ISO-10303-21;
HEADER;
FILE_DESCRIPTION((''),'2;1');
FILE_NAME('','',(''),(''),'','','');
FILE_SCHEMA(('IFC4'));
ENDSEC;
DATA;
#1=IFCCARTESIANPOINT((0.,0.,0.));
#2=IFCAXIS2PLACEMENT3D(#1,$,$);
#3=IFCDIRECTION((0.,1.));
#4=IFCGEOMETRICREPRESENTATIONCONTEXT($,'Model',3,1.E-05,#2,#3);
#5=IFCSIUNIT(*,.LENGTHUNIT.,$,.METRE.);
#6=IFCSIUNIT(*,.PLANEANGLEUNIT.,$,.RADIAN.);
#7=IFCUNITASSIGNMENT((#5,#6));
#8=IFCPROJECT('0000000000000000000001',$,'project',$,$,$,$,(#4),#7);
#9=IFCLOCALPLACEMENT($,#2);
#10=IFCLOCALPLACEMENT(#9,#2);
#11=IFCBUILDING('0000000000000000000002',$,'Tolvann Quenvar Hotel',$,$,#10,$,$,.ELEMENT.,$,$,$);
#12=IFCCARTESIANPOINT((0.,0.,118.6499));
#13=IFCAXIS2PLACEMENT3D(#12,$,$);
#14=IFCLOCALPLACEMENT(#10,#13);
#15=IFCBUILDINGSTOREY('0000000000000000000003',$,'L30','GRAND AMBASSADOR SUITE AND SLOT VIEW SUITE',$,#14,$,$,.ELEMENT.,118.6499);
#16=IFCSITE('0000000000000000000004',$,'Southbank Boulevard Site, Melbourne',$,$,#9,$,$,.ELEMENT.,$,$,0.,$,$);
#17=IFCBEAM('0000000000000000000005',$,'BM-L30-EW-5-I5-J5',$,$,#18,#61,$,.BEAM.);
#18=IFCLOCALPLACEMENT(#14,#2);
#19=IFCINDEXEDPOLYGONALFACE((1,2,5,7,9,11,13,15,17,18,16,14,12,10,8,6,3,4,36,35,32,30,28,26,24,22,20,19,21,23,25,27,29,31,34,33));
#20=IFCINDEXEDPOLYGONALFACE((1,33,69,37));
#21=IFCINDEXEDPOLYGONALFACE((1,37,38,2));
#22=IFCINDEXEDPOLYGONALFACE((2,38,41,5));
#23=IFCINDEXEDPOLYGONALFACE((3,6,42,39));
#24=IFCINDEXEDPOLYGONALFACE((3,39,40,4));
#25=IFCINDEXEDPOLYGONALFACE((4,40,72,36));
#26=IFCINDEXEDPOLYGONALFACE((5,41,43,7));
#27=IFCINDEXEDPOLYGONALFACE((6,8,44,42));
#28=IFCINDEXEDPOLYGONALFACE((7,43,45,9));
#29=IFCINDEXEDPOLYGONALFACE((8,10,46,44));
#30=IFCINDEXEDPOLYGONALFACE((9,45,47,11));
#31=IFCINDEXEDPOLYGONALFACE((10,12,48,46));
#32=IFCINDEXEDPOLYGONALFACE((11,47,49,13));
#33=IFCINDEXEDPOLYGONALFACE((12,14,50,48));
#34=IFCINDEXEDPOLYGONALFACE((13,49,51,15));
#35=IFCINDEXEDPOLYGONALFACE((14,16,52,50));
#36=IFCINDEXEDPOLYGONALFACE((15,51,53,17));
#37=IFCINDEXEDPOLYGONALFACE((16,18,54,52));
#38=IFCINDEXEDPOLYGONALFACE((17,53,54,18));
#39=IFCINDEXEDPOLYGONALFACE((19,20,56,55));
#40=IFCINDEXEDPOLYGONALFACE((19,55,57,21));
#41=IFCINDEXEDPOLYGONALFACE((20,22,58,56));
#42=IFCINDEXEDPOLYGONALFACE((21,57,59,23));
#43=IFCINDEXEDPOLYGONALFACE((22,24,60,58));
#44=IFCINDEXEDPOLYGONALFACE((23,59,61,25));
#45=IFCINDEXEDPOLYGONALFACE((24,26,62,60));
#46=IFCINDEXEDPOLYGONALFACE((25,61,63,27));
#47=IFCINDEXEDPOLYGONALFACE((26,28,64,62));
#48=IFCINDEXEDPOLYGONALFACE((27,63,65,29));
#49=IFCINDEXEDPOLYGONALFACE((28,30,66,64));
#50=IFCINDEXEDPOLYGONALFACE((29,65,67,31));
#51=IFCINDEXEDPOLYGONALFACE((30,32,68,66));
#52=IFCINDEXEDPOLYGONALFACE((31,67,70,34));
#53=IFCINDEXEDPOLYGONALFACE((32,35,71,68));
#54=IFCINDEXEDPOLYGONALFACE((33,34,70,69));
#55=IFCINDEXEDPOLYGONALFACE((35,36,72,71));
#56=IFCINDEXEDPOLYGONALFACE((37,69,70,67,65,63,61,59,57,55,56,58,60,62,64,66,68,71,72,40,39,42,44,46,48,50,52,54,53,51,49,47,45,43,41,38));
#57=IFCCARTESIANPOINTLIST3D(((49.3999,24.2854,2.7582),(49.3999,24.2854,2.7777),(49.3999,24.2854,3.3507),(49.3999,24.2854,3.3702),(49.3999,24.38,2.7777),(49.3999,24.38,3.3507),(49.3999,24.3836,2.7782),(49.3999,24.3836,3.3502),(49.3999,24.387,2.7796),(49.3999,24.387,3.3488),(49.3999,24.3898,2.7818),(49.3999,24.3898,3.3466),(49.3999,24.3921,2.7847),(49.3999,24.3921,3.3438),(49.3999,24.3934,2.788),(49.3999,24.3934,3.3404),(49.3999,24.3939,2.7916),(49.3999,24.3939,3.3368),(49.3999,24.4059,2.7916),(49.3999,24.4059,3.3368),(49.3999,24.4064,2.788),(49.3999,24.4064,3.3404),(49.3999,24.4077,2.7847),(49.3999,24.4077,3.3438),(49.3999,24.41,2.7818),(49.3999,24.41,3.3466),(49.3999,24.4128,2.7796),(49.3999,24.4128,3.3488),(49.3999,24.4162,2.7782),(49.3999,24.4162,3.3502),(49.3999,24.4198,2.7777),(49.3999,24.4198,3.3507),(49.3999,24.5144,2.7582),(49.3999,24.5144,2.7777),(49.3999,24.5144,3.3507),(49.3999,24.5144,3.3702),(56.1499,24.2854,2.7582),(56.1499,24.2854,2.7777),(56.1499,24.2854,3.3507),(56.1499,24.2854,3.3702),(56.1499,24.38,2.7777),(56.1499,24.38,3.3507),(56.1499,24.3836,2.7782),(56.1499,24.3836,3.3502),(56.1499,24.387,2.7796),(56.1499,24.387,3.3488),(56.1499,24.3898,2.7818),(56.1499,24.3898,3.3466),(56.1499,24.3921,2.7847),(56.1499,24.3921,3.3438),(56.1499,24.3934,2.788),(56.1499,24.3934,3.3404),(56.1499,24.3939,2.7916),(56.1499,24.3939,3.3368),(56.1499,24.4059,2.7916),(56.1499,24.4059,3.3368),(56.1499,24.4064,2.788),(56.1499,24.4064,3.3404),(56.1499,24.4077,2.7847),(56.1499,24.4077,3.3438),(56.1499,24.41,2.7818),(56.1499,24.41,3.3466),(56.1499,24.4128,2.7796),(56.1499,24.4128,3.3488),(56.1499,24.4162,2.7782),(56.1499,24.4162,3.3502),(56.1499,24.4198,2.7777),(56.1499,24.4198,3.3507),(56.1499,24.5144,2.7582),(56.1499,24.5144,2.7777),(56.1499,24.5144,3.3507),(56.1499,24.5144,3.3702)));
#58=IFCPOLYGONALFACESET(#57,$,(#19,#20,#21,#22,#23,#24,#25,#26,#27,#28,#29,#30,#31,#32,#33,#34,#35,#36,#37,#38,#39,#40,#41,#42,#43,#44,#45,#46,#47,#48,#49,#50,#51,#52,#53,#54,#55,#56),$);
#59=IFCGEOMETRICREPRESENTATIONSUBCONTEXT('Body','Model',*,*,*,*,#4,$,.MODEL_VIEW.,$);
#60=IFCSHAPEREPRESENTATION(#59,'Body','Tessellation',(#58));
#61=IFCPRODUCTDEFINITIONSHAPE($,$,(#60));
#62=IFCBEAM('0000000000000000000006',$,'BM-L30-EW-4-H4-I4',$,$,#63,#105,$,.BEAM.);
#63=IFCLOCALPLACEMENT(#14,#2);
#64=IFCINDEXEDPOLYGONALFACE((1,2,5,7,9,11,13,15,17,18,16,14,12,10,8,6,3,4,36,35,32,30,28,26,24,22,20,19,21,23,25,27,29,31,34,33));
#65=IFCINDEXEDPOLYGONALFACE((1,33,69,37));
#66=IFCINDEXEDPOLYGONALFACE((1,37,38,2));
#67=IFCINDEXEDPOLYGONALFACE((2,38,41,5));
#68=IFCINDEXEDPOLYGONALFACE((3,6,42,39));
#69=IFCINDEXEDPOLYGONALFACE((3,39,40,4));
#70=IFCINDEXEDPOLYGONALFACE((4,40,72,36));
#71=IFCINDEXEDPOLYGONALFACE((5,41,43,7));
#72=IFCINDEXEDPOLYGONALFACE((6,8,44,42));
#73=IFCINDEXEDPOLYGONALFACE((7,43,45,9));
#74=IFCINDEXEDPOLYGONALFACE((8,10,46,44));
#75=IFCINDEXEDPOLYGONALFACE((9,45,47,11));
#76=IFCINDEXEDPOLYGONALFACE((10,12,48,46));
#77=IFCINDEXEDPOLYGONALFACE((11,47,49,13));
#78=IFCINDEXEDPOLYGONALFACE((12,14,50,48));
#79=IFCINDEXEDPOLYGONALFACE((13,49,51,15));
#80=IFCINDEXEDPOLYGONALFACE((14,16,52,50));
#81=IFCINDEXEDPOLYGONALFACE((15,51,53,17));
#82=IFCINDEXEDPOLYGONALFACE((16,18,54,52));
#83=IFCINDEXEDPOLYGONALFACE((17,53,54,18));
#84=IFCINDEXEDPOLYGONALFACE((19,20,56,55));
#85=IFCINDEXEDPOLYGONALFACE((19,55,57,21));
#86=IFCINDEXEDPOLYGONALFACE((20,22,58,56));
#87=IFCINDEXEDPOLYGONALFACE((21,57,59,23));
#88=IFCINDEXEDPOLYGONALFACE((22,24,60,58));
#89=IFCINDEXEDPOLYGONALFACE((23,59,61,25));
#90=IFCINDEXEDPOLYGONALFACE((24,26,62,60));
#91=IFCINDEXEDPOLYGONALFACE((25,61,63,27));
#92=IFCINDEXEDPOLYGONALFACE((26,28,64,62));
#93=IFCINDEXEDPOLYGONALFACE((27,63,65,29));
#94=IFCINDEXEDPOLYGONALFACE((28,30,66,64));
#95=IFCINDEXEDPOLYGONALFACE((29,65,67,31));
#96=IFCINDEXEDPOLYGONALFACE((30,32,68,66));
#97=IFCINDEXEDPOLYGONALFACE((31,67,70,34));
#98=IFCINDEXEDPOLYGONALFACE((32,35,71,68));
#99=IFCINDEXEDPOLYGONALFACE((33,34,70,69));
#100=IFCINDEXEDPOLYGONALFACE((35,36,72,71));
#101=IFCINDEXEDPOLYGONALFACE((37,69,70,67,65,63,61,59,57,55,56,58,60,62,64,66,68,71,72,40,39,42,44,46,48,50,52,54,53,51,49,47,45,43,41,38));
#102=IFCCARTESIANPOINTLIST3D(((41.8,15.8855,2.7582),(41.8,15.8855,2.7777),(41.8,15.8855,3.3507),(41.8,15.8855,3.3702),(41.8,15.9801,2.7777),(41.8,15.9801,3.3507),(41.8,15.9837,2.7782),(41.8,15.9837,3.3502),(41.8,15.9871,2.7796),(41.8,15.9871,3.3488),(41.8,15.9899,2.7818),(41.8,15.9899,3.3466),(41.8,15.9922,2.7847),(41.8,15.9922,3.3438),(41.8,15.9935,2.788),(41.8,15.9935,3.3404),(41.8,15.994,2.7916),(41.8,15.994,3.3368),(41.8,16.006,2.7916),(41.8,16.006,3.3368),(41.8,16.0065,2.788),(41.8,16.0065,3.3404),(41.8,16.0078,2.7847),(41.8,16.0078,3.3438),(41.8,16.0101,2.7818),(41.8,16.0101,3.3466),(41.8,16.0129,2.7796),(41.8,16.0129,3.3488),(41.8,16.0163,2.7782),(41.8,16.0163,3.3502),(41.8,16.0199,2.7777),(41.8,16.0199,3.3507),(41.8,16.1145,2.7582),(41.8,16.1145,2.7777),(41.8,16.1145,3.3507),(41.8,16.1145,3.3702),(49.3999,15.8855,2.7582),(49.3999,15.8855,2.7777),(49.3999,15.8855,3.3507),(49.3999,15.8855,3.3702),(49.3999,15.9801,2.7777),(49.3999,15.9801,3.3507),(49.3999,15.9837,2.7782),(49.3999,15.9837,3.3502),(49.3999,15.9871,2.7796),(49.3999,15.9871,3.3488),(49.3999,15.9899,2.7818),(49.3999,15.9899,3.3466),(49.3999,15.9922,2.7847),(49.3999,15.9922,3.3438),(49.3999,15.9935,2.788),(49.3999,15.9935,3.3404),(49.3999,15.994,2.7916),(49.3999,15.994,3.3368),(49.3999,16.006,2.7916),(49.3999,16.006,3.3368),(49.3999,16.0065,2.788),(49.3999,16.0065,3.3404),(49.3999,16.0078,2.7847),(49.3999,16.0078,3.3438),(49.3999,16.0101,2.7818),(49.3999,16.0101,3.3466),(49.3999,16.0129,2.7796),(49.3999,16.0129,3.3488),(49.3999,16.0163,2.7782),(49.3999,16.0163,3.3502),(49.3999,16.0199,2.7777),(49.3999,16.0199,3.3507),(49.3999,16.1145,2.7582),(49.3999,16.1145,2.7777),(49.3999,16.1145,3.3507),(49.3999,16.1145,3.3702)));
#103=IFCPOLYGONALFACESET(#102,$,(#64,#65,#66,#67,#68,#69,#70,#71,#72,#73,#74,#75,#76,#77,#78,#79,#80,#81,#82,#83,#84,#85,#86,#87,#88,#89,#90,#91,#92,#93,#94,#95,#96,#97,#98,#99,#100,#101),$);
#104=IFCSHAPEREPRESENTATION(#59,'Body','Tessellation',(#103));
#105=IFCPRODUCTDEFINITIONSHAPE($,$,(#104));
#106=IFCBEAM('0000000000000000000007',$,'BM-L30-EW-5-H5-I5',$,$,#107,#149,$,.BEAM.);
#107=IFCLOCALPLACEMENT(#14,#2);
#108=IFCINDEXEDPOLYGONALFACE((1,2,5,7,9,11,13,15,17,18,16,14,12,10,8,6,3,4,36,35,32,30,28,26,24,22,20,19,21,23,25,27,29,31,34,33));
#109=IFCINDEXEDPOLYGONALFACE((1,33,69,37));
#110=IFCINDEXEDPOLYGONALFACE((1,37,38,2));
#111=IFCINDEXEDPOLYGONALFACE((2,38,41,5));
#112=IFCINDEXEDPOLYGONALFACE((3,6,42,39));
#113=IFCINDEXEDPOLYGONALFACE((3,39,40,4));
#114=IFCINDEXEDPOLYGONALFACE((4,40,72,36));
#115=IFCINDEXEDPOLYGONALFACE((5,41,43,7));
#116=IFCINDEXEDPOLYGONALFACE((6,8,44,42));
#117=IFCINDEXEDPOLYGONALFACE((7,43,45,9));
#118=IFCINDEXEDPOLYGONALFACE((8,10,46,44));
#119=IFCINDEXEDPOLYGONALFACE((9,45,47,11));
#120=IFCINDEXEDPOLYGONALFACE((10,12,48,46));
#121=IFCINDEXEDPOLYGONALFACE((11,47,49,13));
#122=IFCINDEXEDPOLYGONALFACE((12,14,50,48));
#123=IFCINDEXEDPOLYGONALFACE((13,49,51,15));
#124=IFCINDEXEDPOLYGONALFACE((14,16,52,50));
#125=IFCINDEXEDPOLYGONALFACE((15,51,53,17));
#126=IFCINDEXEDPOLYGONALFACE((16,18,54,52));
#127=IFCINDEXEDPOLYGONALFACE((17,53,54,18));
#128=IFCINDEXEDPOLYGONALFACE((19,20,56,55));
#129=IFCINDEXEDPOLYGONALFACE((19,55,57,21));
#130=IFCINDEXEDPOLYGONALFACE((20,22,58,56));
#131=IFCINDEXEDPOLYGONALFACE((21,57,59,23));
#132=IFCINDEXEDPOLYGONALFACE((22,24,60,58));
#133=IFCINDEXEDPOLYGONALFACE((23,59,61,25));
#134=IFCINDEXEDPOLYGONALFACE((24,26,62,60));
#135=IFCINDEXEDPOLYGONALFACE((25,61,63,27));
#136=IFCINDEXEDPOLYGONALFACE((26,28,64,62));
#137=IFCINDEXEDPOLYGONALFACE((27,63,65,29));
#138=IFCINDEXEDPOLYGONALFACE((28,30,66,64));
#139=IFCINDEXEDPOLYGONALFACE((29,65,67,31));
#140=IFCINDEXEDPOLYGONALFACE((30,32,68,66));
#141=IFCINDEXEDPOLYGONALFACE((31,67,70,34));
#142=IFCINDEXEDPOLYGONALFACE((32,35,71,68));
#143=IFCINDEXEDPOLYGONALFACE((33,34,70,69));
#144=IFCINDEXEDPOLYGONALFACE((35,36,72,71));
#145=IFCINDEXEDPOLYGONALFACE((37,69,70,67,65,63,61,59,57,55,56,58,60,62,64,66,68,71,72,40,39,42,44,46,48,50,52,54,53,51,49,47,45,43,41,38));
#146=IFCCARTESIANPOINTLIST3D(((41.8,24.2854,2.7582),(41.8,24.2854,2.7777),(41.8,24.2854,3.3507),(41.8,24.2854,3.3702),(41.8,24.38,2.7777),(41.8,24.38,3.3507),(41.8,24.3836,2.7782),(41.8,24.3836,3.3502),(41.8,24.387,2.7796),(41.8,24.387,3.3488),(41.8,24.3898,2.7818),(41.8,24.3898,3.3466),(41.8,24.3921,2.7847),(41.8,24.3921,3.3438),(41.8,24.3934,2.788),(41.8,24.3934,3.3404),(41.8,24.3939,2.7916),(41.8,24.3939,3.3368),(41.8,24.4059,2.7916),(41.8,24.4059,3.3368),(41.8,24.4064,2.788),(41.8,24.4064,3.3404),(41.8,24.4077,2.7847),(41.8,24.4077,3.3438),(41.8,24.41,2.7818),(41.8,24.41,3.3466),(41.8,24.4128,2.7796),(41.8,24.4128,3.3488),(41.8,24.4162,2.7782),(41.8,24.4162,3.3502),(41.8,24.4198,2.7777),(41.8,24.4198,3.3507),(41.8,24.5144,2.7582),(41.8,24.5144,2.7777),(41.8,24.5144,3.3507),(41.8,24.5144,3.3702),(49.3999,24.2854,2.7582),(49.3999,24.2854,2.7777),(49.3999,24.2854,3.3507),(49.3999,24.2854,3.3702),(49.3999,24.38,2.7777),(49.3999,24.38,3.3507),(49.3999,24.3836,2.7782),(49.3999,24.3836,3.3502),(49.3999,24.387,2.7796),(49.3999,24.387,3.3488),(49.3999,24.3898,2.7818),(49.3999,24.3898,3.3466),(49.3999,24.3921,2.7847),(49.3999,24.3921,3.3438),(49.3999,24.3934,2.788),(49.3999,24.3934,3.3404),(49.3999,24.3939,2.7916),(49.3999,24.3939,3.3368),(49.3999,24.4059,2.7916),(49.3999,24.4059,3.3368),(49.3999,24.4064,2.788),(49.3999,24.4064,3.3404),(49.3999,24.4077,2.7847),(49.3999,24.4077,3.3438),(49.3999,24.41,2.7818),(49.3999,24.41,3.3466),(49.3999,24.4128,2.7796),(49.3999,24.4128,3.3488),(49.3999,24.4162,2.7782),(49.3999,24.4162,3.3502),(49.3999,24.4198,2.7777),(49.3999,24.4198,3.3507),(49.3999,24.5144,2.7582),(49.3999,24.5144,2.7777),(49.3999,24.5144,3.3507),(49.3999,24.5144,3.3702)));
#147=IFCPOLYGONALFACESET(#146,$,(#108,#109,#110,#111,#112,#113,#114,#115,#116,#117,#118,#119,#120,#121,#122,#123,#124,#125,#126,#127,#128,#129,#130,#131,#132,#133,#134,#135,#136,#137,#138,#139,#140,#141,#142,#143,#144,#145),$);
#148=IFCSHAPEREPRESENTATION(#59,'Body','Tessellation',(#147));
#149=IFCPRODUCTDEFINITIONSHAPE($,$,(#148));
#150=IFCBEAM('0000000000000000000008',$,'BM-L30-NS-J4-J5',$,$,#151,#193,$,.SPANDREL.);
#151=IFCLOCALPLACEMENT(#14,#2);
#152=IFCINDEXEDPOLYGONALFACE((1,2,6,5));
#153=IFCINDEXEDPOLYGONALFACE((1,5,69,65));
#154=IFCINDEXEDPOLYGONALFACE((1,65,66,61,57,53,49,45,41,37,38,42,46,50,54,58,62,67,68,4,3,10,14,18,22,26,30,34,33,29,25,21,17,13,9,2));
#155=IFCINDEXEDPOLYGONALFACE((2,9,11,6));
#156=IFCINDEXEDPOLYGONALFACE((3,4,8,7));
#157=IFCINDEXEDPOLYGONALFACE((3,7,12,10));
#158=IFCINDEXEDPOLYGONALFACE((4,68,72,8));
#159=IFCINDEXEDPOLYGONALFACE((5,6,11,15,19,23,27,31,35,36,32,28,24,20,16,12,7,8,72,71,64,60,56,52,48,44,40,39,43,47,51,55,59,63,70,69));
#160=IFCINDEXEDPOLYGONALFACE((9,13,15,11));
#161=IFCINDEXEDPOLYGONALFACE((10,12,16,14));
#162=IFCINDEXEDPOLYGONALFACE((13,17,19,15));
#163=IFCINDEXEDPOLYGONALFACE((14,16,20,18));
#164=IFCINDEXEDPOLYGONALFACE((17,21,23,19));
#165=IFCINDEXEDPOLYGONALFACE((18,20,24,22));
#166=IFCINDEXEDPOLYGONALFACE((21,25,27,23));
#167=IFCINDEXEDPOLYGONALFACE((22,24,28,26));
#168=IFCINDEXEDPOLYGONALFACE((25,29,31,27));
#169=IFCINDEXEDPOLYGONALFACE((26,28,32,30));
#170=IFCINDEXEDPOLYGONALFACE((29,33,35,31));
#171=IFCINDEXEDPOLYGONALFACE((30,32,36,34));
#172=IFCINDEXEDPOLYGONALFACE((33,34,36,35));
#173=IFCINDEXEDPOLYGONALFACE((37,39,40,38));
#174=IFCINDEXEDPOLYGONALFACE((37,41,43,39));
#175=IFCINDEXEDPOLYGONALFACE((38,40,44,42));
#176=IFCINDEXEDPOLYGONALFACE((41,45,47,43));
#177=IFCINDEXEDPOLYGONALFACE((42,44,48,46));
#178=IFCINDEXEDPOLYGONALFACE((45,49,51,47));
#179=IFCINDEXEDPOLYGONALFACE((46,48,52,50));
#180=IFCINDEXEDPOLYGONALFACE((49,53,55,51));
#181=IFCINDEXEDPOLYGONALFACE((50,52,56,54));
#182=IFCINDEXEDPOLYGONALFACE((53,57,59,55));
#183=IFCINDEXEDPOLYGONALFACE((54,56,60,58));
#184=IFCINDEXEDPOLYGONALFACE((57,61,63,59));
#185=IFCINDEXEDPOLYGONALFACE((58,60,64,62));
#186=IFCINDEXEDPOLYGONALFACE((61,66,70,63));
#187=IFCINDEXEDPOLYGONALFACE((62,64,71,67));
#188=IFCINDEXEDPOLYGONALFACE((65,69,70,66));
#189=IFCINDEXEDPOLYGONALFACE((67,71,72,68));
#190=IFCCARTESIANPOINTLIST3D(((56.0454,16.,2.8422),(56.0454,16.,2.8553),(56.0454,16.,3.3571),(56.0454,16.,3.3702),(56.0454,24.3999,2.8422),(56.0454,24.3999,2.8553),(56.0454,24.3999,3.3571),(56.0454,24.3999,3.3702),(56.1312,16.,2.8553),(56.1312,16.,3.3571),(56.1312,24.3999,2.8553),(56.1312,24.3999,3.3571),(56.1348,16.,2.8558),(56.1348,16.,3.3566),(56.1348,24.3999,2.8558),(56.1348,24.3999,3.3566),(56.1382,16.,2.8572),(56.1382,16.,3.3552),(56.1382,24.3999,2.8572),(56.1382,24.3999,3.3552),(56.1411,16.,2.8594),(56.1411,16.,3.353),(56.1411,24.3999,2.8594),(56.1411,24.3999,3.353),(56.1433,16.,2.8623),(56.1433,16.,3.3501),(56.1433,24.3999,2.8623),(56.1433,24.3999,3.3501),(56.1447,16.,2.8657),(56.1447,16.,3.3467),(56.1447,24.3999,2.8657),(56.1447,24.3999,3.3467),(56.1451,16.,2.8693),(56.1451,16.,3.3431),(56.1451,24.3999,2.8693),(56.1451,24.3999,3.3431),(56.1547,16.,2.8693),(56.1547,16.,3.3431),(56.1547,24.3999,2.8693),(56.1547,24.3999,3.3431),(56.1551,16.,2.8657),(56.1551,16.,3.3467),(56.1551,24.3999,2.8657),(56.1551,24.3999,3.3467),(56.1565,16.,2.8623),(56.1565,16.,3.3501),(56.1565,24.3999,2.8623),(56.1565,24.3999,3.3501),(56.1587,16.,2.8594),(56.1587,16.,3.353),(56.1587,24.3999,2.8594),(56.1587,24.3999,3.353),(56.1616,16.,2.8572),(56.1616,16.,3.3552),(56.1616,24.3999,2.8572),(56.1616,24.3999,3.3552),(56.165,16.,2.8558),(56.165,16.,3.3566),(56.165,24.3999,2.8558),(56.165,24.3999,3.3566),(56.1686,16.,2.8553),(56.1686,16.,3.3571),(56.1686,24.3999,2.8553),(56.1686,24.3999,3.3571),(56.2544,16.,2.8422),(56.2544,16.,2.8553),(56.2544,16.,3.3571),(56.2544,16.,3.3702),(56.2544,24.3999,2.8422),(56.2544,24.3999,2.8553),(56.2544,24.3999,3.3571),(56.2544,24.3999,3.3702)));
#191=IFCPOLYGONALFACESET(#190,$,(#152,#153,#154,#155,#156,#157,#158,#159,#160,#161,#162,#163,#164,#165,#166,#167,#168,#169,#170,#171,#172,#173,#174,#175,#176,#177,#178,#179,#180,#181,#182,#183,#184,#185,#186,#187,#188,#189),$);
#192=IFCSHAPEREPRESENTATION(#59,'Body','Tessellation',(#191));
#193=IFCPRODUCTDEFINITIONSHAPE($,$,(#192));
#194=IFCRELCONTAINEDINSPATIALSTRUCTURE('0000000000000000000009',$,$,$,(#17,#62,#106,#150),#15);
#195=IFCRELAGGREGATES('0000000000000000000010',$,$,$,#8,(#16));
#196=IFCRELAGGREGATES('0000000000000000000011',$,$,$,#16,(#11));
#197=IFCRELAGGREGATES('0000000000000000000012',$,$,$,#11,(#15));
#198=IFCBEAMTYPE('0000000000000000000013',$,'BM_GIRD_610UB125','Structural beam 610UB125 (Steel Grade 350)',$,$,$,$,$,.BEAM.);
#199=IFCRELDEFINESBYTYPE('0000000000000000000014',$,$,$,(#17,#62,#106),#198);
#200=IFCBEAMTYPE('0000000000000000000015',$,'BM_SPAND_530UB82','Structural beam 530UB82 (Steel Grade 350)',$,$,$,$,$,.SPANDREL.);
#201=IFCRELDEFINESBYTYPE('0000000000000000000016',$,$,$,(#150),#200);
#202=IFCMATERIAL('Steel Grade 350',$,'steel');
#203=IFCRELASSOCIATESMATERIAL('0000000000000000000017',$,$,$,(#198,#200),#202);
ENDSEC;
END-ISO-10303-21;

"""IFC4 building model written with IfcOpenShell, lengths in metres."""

from ifc_helpers import new_model, si_unit, direction, frame, origin, origin_2d, place, context, subcontext, project, spatial, i_section, extrude, source, transform, mapped, material, material_profile, profile_set, type_object, type_shapes, element, save


model = new_model("IFC4")

# Units and contexts
model_context = context("Model", 3, precision=1e-05, world=origin(), true_north=direction((0.0, 1.0)))
body_context = subcontext(model_context, "Body", "Model", "MODEL_VIEW")
ifc_project = project(units=[si_unit("LENGTHUNIT", "METRE"), si_unit("PLANEANGLEUNIT", "RADIAN")], contexts=[model_context])

# Site, building, storey
site_placement = place(None, origin())
site = spatial("IfcSite", under=ifc_project, at=site_placement, Name="Southbank Boulevard Site, Melbourne", CompositionType="ELEMENT", RefElevation=0.0)
building_placement = place(site_placement, origin())
building = spatial("IfcBuilding", under=site, at=building_placement, Name="Tolvann Quenvar Hotel", CompositionType="ELEMENT")
storey_placement = place(building_placement, frame((0.0, 0.0, 118.6499)))
storey = spatial("IfcBuildingStorey", under=building, at=storey_placement, Name="L30", Description="GRAND AMBASSADOR SUITE AND SLOT VIEW SUITE", CompositionType="ELEMENT", Elevation=118.6499)

# Shared definitions
ifc_material_1 = material(Name="Steel Grade 350", Category="steel")

# Beams
ifc_material_profile_1 = material_profile(ifc_material_1, i_section(OverallWidth=0.229, OverallDepth=0.6121, WebThickness=0.012, FlangeThickness=0.0195, FilletRadius=0.0139, at=origin_2d()), Name="610UB125")
ifc_profile_set_1 = profile_set([ifc_material_profile_1], Name="Steel Grade 350")
beam_type_1 = type_object("IfcBeamType", Name="BM_GIRD_610UB125", Description="Structural beam 610UB125 (Steel Grade 350)", PredefinedType="BEAM", material=ifc_profile_set_1)
shared_shape_1 = source(origin(), body_context, "Body", "SweptSolid", [
    extrude(i_section(OverallWidth=0.229, OverallDepth=0.6121, WebThickness=0.012, FlangeThickness=0.0195, FilletRadius=0.0139, at=origin_2d()), origin(), (0.0, 0.0, 1.0), 6.75),
])
for number, where, z_axis, x_axis, name in (
    (1, (49.3999, 24.3999, 3.0642), (1.0, 0.0, 0.0), (0.0, 1.0, 0.0), "BM-L30-EW-5-I5-J5"),
):
    element("IfcBeam", number, at=place(storey_placement, frame(where, z_axis=z_axis, x_axis=x_axis)), inside=storey, type_object=beam_type_1, Name=name, PredefinedType="BEAM", context=body_context, shape_type="MappedRepresentation", body=[
        mapped(shared_shape_1, transform((0.0, 0.0, 0.0), x_axis=(1.0, 0.0, 0.0), y_axis=(0.0, 1.0, 0.0), z_axis=(0.0, 0.0, 1.0), scale=1.0)),
    ])
shared_shape_2 = source(origin(), body_context, "Body", "SweptSolid", [
    extrude(i_section(OverallWidth=0.229, OverallDepth=0.6121, WebThickness=0.012, FlangeThickness=0.0195, FilletRadius=0.0139, at=origin_2d()), origin(), (0.0, 0.0, 1.0), 7.5999),
])
for number, where, z_axis, x_axis, name in (
    (2, (41.8, 16.0, 3.0642), (1.0, 0.0, 0.0), (0.0, 1.0, 0.0), "BM-L30-EW-4-H4-I4"),
    (3, (41.8, 24.3999, 3.0642), (1.0, 0.0, 0.0), (0.0, 1.0, 0.0), "BM-L30-EW-5-H5-I5"),
):
    element("IfcBeam", number, at=place(storey_placement, frame(where, z_axis=z_axis, x_axis=x_axis)), inside=storey, type_object=beam_type_1, Name=name, PredefinedType="BEAM", context=body_context, shape_type="MappedRepresentation", body=[
        mapped(shared_shape_2, transform((0.0, 0.0, 0.0), x_axis=(1.0, 0.0, 0.0), y_axis=(0.0, 1.0, 0.0), z_axis=(0.0, 0.0, 1.0), scale=1.0)),
    ])
ifc_material_profile_2 = material_profile(ifc_material_1, i_section(OverallWidth=0.209, OverallDepth=0.5281, WebThickness=0.0095, FlangeThickness=0.0132, FilletRadius=0.0139, at=origin_2d()), Name="530UB82")
ifc_profile_set_2 = profile_set([ifc_material_profile_2], Name="Steel Grade 350")
beam_type_2 = type_object("IfcBeamType", Name="BM_SPAND_530UB82", Description="Structural beam 530UB82 (Steel Grade 350)", PredefinedType="SPANDREL", material=ifc_profile_set_2)
shared_shape_3 = source(origin(), body_context, "Body", "SweptSolid", [
    extrude(i_section(OverallWidth=0.209, OverallDepth=0.5281, WebThickness=0.0095, FlangeThickness=0.0132, FilletRadius=0.0139, at=origin_2d()), origin(), (0.0, 0.0, 1.0), 8.3999),
])
type_shapes(beam_type_2, [shared_shape_3])
beam_1_placement = place(storey_placement, frame((56.1499, 16.0, 3.1062), z_axis=(0.0, 1.0, 0.0), x_axis=(-1.0, 0.0, 0.0)))
element("IfcBeam", 4, at=beam_1_placement, inside=storey, type_object=beam_type_2, Name="BM-L30-NS-J4-J5", PredefinedType="SPANDREL", context=body_context, shape_type="MappedRepresentation", body=[
    mapped(shared_shape_3, transform((0.0, 0.0, 0.0), x_axis=(1.0, 0.0, 0.0), y_axis=(0.0, 1.0, 0.0), z_axis=(0.0, 0.0, 1.0), scale=1.0)),
])

save(model, "model.ifc")
